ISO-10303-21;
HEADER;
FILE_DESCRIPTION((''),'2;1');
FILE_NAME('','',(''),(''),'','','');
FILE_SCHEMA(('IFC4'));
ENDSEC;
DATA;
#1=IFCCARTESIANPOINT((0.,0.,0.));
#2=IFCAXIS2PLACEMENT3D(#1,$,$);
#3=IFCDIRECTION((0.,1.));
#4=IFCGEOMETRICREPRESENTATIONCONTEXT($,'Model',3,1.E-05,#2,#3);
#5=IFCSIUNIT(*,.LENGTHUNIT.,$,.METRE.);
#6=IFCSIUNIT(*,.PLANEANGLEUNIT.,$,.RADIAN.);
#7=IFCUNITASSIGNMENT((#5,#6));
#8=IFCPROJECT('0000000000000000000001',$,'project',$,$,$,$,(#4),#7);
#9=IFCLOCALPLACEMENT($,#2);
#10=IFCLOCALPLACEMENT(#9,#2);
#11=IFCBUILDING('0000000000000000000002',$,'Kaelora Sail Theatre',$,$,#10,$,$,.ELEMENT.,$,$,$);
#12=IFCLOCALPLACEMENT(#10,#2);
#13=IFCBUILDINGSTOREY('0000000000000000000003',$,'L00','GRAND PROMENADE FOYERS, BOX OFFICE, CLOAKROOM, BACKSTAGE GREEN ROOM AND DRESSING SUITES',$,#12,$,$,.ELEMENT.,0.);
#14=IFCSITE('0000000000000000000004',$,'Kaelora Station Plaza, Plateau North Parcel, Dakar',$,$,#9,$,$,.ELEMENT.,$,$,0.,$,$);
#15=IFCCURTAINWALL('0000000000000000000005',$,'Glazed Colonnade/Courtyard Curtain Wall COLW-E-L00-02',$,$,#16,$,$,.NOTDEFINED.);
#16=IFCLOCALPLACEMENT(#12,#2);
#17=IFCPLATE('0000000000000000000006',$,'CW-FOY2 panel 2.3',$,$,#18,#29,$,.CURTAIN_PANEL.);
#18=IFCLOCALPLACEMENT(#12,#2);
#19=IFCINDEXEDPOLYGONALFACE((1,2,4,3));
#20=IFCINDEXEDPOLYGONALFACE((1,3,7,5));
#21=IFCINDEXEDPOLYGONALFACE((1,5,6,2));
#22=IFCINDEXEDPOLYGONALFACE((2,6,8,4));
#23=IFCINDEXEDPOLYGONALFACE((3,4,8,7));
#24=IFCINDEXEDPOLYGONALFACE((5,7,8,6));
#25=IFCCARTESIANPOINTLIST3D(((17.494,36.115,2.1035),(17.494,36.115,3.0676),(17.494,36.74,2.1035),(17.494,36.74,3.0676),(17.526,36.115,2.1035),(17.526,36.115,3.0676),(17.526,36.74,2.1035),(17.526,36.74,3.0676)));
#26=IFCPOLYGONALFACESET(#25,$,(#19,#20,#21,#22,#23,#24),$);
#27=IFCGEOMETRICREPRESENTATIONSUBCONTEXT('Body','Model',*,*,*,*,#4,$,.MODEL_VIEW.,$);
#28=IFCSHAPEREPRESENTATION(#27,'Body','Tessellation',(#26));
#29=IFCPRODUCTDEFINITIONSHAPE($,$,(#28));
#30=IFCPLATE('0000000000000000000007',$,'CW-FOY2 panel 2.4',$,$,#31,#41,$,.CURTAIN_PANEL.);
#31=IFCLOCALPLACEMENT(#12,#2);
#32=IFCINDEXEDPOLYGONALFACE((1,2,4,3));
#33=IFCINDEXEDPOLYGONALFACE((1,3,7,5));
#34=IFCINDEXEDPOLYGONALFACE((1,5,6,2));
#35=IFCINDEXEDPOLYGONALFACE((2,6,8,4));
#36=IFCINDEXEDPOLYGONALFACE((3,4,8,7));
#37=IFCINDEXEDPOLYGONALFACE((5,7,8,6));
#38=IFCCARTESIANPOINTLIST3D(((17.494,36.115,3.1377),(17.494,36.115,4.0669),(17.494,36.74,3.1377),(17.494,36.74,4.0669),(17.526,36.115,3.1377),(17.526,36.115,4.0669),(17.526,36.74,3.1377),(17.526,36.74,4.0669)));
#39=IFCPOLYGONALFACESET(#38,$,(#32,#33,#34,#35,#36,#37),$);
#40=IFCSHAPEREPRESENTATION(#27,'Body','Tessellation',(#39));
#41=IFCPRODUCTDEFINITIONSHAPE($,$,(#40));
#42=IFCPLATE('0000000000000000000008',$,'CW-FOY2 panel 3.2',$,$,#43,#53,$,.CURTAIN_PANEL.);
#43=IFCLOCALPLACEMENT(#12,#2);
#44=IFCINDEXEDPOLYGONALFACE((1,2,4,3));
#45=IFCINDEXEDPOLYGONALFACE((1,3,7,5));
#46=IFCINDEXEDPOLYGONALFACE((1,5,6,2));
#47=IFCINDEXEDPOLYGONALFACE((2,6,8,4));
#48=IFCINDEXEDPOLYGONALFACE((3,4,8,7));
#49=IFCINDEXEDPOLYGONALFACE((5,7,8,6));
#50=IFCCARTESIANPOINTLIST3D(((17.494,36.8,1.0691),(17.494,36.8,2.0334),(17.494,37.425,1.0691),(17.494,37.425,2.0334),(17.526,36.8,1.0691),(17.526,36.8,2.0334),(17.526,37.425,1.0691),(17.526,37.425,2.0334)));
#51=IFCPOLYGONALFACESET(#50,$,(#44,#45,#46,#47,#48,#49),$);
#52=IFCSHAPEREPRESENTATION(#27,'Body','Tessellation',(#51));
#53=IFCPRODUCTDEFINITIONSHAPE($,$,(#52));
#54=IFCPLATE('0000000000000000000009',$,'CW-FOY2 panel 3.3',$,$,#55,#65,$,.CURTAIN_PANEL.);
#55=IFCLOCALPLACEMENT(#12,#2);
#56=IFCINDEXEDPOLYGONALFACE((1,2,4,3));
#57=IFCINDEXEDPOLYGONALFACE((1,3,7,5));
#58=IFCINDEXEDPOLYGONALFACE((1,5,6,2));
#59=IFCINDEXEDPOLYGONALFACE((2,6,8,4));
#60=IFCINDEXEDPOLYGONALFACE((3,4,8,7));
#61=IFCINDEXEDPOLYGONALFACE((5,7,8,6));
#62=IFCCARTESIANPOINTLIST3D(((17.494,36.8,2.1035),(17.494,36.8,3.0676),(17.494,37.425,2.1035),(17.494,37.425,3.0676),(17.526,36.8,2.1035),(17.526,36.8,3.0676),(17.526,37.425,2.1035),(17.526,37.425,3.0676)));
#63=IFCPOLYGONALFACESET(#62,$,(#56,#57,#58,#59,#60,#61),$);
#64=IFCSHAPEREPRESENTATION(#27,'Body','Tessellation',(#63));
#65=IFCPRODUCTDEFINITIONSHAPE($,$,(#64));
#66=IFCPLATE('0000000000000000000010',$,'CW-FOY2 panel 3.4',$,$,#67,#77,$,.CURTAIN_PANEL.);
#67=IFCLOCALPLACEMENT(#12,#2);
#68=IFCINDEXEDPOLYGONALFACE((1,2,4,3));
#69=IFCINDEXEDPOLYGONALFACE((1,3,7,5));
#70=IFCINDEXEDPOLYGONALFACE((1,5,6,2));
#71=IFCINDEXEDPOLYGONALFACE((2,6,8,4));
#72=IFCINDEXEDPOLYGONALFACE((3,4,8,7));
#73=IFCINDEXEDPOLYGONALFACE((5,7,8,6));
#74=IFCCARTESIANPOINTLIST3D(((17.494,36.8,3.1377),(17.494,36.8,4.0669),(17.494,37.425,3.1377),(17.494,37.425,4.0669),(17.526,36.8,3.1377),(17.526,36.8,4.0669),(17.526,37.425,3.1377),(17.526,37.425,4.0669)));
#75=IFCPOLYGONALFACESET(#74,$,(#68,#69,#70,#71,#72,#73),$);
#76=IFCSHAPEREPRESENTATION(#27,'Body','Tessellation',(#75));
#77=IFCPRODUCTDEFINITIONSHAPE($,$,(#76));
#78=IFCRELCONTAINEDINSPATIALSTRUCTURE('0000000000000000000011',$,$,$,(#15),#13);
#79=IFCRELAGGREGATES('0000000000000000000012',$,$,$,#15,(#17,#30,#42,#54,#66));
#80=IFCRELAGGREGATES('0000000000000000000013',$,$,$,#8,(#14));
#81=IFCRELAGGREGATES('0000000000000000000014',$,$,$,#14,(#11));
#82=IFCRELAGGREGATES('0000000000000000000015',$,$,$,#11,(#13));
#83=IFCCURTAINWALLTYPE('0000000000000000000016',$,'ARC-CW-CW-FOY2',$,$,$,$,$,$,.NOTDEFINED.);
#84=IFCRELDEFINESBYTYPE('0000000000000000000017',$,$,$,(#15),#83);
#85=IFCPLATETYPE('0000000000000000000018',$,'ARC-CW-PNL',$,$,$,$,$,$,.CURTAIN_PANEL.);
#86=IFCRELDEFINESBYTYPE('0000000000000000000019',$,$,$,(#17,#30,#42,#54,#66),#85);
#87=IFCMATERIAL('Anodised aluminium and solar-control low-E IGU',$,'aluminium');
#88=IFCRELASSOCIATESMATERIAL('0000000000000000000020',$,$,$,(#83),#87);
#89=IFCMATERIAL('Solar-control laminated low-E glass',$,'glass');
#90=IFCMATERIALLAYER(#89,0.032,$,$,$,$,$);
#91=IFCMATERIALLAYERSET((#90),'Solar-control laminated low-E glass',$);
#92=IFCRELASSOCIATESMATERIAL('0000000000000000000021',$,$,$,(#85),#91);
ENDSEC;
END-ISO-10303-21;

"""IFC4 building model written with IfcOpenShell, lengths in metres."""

from ifc_helpers import new_model, si_unit, direction, frame, origin, origin_2d, place, context, subcontext, project, spatial, rectangle, extrude, material, layer, layer_set, type_object, element, aggregate, save


model = new_model("IFC4")

# Units and contexts
model_context = context("Model", 3, precision=1e-05, world=origin(), true_north=direction((0.0, 1.0)))
body_context = subcontext(model_context, "Body", "Model", "MODEL_VIEW")
ifc_project = project(units=[si_unit("LENGTHUNIT", "METRE"), si_unit("PLANEANGLEUNIT", "RADIAN")], contexts=[model_context])

# Site, building, storey
site_placement = place(None, origin())
site = spatial("IfcSite", under=ifc_project, at=site_placement, Name="Kaelora Station Plaza, Plateau North Parcel, Dakar", CompositionType="ELEMENT", RefElevation=0.0)
building_placement = place(site_placement, origin())
building = spatial("IfcBuilding", under=site, at=building_placement, Name="Kaelora Sail Theatre", CompositionType="ELEMENT")
storey_placement = place(building_placement, origin())
storey = spatial("IfcBuildingStorey", under=building, at=storey_placement, Name="L00", Description="GRAND PROMENADE FOYERS, BOX OFFICE, CLOAKROOM, BACKSTAGE GREEN ROOM AND DRESSING SUITES", CompositionType="ELEMENT", Elevation=0.0)

# Curtain wall
ifc_material_1 = material(Name="Anodised aluminium and solar-control low-E IGU", Category="aluminium")
curtain_wall_type = type_object("IfcCurtainWallType", Name="ARC-CW-CW-FOY2", PredefinedType="NOTDEFINED", material=ifc_material_1)
curtain_wall_1_placement = place(storey_placement, origin())
curtain_wall_1 = element("IfcCurtainWall", 1, at=curtain_wall_1_placement, inside=storey, type_object=curtain_wall_type, Name="Glazed Colonnade/Courtyard Curtain Wall COLW-E-L00-02", PredefinedType="NOTDEFINED")

# Plates
ifc_material_2 = material(Name="Solar-control laminated low-E glass", Category="glass")
ifc_layer = layer(ifc_material_2, 0.032)
ifc_layer_set = layer_set([ifc_layer], Name="Solar-control laminated low-E glass")
plate_type = type_object("IfcPlateType", Name="ARC-CW-PNL", PredefinedType="CURTAIN_PANEL", material=ifc_layer_set)
plate_1_placement = place(storey_placement, frame((17.51, 36.4275, 2.1035), z_axis=(0.0, 0.0, 1.0), x_axis=(0.0, 1.0, 0.0)))
plate_1 = element("IfcPlate", 2, at=plate_1_placement, type_object=plate_type, Name="CW-FOY2 panel 2.3", PredefinedType="CURTAIN_PANEL", context=body_context, shape_type="SweptSolid", body=[
    extrude(rectangle(XDim=0.625, YDim=0.032, at=origin_2d()), origin(), (0.0, 0.0, 1.0), 0.9641),
])
plate_2_placement = place(storey_placement, frame((17.51, 36.4275, 3.1377), z_axis=(0.0, 0.0, 1.0), x_axis=(0.0, 1.0, 0.0)))
plate_2 = element("IfcPlate", 3, at=plate_2_placement, type_object=plate_type, Name="CW-FOY2 panel 2.4", PredefinedType="CURTAIN_PANEL", context=body_context, shape_type="SweptSolid", body=[
    extrude(rectangle(XDim=0.625, YDim=0.032, at=origin_2d()), origin(), (0.0, 0.0, 1.0), 0.9292),
])
plate_3_placement = place(storey_placement, frame((17.51, 37.1125, 1.0691), z_axis=(0.0, 0.0, 1.0), x_axis=(0.0, 1.0, 0.0)))
plate_3 = element("IfcPlate", 4, at=plate_3_placement, type_object=plate_type, Name="CW-FOY2 panel 3.2", PredefinedType="CURTAIN_PANEL", context=body_context, shape_type="SweptSolid", body=[
    extrude(rectangle(XDim=0.625, YDim=0.032, at=origin_2d()), origin(), (0.0, 0.0, 1.0), 0.9644),
])
plate_4_placement = place(storey_placement, frame((17.51, 37.1125, 2.1035), z_axis=(0.0, 0.0, 1.0), x_axis=(0.0, 1.0, 0.0)))
plate_4 = element("IfcPlate", 5, at=plate_4_placement, type_object=plate_type, Name="CW-FOY2 panel 3.3", PredefinedType="CURTAIN_PANEL", context=body_context, shape_type="SweptSolid", body=[
    extrude(rectangle(XDim=0.625, YDim=0.032, at=origin_2d()), origin(), (0.0, 0.0, 1.0), 0.9641),
])
plate_5_placement = place(storey_placement, frame((17.51, 37.1125, 3.1377), z_axis=(0.0, 0.0, 1.0), x_axis=(0.0, 1.0, 0.0)))
plate_5 = element("IfcPlate", 6, at=plate_5_placement, type_object=plate_type, Name="CW-FOY2 panel 3.4", PredefinedType="CURTAIN_PANEL", context=body_context, shape_type="SweptSolid", body=[
    extrude(rectangle(XDim=0.625, YDim=0.032, at=origin_2d()), origin(), (0.0, 0.0, 1.0), 0.9292),
])
aggregate(curtain_wall_1, [plate_1, plate_2, plate_3, plate_4, plate_5])

save(model, "model.ifc")
